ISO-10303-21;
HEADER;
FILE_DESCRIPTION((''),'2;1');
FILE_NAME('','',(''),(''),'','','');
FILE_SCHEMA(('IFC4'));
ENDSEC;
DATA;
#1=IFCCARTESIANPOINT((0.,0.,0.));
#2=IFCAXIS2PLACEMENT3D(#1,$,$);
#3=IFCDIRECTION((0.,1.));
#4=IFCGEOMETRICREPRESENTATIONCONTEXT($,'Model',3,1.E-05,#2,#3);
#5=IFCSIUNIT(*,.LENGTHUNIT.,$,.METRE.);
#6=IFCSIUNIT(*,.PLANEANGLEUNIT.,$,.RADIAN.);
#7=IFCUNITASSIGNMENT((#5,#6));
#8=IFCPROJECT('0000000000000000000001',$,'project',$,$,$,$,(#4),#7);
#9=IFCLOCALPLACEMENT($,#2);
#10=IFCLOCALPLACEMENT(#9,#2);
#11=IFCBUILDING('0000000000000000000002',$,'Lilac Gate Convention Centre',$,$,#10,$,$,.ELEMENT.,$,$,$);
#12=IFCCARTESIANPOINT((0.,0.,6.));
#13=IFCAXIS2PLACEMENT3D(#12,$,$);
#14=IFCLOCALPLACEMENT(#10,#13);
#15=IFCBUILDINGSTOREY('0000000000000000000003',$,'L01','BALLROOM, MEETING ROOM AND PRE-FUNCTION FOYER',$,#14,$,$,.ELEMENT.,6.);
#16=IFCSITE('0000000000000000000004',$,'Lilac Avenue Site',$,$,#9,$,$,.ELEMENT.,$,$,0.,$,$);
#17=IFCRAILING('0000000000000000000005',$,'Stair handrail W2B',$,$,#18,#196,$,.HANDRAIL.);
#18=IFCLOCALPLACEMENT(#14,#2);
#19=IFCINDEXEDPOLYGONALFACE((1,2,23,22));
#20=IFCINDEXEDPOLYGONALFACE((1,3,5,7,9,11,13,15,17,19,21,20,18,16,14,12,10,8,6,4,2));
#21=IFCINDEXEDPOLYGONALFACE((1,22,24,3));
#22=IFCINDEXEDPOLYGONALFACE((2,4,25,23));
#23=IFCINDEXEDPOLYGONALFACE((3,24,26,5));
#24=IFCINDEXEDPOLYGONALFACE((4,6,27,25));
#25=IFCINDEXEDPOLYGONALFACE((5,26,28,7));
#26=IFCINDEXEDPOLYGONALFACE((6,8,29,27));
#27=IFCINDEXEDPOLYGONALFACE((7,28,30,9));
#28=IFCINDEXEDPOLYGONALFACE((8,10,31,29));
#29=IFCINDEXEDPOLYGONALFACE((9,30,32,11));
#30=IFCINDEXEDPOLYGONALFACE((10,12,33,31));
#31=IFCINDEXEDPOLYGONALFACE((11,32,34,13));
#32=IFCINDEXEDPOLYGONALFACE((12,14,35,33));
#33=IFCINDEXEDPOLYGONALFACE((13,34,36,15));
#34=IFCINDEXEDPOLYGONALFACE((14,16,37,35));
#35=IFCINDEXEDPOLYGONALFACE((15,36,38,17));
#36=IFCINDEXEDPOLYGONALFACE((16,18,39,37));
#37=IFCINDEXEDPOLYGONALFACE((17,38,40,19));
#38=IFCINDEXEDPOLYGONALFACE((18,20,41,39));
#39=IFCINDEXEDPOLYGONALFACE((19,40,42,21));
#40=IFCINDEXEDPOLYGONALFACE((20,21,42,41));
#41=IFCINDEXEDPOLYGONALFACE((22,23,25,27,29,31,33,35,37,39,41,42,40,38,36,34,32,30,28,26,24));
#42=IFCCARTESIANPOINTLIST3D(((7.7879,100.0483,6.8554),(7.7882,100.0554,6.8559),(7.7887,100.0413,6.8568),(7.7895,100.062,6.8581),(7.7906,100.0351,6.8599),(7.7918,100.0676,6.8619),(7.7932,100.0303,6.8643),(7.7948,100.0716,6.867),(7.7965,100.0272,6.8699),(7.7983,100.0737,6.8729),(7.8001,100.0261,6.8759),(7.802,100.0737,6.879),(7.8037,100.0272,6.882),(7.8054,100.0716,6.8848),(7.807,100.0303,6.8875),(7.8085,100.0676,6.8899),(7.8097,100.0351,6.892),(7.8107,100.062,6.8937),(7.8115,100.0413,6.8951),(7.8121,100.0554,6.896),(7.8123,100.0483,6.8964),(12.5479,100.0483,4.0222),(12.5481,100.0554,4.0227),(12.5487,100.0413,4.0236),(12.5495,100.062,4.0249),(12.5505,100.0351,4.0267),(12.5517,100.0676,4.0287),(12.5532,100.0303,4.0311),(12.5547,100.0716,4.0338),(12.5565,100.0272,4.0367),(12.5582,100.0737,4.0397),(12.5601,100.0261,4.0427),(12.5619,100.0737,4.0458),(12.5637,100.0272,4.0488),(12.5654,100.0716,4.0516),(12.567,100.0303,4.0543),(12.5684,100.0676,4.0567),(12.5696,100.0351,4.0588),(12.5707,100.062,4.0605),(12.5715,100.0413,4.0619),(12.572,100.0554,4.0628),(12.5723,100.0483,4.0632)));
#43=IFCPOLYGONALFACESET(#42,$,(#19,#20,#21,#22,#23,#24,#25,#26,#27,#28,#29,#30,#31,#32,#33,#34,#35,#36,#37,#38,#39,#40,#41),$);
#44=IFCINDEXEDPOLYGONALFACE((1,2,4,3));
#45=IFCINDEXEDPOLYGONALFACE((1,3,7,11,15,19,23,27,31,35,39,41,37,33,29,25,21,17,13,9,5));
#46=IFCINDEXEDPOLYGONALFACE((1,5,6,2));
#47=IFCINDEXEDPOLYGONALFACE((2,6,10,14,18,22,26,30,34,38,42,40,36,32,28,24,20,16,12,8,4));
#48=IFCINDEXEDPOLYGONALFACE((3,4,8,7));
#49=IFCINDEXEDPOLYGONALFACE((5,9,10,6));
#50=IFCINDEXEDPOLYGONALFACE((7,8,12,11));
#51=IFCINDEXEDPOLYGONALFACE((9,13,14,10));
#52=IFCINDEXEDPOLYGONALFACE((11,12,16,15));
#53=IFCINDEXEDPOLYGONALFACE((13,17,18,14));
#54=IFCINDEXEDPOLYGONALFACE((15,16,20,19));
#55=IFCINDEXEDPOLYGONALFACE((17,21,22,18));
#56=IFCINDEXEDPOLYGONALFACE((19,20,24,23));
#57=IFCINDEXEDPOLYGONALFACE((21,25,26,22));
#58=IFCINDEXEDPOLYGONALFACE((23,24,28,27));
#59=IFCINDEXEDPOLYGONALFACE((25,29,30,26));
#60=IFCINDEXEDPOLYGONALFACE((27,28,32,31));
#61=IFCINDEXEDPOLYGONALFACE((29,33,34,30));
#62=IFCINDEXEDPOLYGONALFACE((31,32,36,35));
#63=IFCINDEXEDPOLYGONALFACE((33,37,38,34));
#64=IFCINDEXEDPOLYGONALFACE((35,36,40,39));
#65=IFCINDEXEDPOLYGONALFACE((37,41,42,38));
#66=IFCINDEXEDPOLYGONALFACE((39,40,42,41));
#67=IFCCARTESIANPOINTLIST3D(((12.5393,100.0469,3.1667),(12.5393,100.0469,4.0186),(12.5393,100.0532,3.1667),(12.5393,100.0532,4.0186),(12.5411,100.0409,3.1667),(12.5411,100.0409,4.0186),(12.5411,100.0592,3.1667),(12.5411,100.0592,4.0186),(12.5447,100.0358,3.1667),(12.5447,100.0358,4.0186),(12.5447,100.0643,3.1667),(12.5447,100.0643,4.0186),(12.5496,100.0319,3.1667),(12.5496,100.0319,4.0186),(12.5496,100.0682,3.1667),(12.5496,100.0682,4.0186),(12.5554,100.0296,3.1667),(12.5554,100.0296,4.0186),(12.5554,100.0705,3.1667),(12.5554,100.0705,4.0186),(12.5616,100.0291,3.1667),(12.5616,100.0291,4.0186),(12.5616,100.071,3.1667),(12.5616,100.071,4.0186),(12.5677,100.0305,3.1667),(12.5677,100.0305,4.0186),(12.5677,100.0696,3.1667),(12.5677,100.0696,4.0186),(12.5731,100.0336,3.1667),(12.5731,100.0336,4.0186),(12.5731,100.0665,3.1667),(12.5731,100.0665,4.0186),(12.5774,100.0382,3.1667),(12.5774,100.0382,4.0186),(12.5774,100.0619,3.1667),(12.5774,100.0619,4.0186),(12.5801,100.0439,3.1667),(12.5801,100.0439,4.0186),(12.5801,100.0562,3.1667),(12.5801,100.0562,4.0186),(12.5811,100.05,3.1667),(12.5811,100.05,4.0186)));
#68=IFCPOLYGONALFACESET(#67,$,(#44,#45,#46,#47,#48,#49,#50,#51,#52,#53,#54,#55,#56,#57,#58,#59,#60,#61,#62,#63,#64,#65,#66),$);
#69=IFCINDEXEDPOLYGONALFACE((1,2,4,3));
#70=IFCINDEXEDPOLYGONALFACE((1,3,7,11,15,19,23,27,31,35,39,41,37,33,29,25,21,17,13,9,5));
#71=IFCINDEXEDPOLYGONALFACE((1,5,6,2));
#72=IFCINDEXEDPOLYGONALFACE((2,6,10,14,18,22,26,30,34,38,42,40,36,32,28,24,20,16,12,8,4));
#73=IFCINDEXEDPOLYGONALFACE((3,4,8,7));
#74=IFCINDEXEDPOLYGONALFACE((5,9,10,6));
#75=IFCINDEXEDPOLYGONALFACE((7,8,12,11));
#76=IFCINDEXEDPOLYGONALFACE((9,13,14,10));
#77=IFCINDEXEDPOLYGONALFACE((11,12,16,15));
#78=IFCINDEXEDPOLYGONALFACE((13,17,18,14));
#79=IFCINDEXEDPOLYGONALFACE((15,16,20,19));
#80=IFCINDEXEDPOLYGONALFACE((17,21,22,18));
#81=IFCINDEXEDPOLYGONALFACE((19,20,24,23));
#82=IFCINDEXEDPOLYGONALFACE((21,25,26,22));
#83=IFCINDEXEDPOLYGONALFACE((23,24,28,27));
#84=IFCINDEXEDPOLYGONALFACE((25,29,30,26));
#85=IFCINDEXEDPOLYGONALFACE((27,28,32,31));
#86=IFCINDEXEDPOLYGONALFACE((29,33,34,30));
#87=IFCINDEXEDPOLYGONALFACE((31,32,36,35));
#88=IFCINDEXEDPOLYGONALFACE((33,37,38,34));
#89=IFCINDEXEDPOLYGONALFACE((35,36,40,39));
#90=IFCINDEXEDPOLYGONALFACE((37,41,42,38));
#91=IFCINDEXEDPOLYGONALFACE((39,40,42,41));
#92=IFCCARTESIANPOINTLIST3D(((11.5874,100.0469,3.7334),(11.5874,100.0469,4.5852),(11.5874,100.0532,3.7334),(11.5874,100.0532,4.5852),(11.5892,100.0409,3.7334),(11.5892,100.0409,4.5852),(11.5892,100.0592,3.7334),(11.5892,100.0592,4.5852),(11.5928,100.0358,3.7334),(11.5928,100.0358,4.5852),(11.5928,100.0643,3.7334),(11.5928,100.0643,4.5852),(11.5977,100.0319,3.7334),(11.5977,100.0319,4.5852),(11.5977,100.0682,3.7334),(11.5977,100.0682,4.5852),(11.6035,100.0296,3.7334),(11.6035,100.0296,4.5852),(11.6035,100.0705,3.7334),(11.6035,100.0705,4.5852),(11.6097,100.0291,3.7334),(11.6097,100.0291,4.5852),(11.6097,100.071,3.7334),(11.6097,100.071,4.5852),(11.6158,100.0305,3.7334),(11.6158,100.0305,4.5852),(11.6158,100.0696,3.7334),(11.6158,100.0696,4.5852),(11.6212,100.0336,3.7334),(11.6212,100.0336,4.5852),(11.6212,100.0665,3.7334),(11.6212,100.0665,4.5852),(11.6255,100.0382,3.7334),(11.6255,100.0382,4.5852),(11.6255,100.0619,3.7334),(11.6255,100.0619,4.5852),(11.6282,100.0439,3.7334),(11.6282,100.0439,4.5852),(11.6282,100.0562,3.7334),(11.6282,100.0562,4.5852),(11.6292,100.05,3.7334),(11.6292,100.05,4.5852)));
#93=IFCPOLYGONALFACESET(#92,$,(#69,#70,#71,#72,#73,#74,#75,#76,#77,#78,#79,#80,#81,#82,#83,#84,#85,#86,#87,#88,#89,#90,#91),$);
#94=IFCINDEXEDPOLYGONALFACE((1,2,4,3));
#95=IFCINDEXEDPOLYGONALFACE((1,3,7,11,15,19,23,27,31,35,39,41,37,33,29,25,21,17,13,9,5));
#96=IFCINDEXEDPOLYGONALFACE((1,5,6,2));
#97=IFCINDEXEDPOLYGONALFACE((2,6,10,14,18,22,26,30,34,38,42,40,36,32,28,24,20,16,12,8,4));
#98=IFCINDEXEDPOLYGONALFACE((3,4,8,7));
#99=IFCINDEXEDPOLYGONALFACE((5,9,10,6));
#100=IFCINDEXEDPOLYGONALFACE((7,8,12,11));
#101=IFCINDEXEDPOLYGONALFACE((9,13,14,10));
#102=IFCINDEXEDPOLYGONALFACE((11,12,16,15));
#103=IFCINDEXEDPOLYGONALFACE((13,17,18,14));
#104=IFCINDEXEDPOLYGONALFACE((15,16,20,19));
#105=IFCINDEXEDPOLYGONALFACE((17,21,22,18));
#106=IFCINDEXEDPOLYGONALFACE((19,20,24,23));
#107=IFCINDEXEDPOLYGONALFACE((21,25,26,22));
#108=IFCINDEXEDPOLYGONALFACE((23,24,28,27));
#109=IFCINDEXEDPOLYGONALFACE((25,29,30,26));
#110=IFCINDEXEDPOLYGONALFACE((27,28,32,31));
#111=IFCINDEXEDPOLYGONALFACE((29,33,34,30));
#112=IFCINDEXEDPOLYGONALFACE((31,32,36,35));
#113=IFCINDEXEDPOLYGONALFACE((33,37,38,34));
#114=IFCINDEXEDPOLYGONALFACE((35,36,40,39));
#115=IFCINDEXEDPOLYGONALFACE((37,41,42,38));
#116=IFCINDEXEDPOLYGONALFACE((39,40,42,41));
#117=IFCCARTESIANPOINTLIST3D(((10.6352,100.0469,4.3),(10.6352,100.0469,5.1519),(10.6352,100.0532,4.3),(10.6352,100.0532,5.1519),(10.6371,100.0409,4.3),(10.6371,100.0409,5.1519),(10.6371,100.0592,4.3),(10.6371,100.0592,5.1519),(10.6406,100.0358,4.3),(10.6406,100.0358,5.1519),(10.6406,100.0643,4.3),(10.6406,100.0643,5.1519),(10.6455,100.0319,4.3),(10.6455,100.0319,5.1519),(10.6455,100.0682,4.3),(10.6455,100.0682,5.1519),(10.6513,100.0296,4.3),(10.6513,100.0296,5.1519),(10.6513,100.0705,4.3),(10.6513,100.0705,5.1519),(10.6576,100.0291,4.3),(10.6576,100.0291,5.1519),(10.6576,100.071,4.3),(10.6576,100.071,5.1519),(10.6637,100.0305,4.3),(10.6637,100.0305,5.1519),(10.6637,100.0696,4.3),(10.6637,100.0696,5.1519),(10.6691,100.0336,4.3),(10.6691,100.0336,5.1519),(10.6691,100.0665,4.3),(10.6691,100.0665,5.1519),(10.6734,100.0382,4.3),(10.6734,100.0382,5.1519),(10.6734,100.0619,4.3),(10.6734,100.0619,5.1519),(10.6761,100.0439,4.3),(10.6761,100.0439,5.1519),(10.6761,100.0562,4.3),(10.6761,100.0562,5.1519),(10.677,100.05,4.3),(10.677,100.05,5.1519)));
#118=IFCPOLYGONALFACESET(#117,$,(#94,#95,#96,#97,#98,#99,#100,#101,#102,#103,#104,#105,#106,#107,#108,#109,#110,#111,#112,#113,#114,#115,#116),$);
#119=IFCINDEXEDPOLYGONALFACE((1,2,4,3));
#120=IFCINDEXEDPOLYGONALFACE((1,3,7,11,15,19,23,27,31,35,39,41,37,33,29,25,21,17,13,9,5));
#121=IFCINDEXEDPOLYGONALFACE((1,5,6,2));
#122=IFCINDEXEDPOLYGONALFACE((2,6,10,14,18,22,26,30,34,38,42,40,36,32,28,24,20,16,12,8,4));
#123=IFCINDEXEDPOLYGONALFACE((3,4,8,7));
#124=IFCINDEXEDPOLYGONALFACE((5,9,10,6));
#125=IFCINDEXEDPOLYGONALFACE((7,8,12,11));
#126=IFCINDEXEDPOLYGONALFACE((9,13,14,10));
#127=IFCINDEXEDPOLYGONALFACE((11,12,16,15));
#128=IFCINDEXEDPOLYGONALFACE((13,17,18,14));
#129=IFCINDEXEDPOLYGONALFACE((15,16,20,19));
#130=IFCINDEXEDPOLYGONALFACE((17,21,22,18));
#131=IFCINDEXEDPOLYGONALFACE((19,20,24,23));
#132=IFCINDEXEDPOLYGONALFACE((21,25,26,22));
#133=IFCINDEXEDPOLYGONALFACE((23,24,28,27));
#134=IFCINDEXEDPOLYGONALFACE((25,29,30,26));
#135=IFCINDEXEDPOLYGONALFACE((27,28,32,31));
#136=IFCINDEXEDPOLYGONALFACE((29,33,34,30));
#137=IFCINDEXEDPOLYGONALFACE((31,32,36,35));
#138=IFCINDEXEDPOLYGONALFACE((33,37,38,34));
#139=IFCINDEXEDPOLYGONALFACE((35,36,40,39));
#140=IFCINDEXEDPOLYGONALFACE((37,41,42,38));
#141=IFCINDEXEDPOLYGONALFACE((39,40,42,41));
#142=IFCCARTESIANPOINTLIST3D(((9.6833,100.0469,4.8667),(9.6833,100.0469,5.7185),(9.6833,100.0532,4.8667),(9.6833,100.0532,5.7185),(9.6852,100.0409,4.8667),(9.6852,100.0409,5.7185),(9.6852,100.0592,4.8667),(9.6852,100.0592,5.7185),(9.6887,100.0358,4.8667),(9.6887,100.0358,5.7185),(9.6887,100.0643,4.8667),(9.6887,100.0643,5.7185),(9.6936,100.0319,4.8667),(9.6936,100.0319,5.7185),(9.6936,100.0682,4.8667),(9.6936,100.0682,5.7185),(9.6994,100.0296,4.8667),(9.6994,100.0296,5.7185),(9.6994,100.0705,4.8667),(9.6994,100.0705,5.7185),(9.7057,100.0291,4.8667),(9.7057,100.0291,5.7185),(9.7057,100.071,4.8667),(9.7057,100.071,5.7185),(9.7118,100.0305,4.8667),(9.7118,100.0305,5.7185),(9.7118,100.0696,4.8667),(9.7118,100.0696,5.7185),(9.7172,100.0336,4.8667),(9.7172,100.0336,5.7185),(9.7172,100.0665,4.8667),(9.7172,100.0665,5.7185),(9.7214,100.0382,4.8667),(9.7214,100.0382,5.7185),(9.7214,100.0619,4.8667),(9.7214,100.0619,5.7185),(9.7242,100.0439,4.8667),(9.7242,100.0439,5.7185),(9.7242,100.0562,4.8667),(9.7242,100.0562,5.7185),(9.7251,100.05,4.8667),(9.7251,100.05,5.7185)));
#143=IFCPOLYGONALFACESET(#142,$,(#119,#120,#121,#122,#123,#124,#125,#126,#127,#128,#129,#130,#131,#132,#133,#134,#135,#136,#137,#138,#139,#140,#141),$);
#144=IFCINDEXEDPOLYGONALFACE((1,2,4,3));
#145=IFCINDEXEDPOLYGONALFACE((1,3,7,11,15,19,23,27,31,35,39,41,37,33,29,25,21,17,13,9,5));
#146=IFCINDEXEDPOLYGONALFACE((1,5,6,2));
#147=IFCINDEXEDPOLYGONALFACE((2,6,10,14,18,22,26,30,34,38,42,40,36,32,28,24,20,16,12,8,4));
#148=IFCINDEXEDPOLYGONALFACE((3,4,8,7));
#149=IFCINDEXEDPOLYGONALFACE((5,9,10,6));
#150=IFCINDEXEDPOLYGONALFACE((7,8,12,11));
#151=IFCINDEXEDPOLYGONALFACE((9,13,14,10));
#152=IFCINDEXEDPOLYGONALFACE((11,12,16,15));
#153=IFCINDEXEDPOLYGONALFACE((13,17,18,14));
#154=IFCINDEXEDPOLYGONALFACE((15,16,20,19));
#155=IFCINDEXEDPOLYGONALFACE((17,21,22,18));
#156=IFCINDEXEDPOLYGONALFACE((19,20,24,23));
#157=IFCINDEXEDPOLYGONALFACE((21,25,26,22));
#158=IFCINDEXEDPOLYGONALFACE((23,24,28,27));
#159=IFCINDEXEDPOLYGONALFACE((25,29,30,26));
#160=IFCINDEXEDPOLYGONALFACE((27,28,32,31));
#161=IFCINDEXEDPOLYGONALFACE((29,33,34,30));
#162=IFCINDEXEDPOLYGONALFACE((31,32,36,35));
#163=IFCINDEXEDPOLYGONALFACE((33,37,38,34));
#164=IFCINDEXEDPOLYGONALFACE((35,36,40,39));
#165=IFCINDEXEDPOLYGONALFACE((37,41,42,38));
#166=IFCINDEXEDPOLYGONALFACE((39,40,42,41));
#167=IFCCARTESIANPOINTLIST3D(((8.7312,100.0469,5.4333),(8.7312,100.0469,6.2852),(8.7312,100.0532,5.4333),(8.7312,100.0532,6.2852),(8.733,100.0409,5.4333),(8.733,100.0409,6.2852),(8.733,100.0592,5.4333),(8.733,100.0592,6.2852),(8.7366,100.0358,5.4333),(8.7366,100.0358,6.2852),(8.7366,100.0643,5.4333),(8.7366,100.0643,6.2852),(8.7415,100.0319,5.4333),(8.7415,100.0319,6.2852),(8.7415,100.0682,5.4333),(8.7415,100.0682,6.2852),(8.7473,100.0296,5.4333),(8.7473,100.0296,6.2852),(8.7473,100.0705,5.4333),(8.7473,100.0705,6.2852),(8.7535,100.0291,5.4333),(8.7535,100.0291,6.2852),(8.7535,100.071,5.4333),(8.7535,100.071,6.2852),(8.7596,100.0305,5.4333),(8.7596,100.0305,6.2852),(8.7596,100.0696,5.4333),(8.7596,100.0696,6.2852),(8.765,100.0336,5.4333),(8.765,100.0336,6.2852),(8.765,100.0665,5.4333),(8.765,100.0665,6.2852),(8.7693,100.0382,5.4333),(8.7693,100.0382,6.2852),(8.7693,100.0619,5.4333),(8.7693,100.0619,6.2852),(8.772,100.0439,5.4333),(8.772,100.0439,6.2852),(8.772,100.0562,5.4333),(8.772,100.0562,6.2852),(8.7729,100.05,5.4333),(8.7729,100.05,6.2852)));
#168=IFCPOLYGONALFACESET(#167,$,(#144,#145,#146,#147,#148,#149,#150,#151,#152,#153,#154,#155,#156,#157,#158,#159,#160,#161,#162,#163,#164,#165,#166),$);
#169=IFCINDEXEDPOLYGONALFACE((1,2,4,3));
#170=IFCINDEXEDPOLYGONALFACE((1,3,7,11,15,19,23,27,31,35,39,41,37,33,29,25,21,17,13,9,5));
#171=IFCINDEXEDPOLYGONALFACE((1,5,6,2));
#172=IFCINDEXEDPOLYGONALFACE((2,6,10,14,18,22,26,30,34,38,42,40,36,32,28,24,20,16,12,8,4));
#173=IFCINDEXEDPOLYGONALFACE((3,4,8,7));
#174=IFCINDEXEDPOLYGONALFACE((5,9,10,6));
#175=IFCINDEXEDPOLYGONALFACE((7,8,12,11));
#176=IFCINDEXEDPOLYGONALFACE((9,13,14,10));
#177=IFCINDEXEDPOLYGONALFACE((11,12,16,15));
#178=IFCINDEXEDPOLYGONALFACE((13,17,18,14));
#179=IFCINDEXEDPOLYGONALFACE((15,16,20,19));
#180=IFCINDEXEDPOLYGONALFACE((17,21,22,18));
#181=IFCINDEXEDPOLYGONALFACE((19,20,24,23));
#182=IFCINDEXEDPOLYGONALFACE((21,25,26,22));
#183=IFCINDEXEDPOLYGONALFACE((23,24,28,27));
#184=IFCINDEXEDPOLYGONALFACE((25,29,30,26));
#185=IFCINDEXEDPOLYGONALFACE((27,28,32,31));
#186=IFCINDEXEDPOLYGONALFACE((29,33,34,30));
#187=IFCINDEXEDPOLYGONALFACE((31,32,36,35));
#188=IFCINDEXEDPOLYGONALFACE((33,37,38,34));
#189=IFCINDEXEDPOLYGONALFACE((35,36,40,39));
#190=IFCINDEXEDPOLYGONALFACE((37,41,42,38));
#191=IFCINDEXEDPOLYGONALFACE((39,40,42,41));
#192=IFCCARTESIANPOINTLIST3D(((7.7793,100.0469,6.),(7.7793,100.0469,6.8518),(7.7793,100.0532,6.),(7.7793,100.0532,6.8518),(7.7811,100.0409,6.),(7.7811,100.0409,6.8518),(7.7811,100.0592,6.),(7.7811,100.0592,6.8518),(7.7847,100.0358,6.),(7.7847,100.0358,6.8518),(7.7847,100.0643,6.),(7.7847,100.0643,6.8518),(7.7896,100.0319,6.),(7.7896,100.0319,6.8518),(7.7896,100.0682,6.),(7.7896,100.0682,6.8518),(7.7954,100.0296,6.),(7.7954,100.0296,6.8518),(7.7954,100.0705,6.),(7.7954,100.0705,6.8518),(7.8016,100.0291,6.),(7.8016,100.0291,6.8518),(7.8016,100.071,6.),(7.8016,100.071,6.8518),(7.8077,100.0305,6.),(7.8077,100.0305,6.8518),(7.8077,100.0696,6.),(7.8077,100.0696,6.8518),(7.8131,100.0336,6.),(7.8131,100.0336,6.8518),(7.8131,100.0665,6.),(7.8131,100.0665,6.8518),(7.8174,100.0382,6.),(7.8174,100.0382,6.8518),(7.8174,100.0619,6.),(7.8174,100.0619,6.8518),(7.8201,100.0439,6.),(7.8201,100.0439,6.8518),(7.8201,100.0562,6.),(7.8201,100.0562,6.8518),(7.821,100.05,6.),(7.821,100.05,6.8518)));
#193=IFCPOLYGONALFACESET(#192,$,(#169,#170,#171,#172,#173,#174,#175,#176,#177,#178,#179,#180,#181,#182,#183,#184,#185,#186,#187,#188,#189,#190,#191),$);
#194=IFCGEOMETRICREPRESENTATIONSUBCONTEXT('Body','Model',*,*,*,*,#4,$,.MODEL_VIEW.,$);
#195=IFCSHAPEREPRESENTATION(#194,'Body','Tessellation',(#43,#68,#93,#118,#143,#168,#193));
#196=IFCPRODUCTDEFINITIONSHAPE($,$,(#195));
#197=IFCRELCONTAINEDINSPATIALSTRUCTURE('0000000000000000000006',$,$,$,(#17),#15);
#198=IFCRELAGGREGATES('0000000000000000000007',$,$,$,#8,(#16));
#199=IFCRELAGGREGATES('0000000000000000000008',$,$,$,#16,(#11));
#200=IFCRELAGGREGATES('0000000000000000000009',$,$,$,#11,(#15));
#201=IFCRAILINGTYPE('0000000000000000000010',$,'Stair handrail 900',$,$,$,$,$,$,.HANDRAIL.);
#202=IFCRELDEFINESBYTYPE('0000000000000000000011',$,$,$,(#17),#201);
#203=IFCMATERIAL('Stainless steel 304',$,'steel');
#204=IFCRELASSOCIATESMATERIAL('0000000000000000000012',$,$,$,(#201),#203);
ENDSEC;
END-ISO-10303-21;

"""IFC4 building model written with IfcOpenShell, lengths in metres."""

from ifc_helpers import new_model, si_unit, direction, frame, origin, origin_2d, place, context, subcontext, project, spatial, circle, extrude, material, type_object, element, save


model = new_model("IFC4")

# Units and contexts
model_context = context("Model", 3, precision=1e-05, world=origin(), true_north=direction((0.0, 1.0)))
body_context = subcontext(model_context, "Body", "Model", "MODEL_VIEW")
ifc_project = project(units=[si_unit("LENGTHUNIT", "METRE"), si_unit("PLANEANGLEUNIT", "RADIAN")], contexts=[model_context])

# Site, building, storey
site_placement = place(None, origin())
site = spatial("IfcSite", under=ifc_project, at=site_placement, Name="Lilac Avenue Site", CompositionType="ELEMENT", RefElevation=0.0)
building_placement = place(site_placement, origin())
building = spatial("IfcBuilding", under=site, at=building_placement, Name="Lilac Gate Convention Centre", CompositionType="ELEMENT")
storey_placement = place(building_placement, frame((0.0, 0.0, 6.0)))
storey = spatial("IfcBuildingStorey", under=building, at=storey_placement, Name="L01", Description="BALLROOM, MEETING ROOM AND PRE-FUNCTION FOYER", CompositionType="ELEMENT", Elevation=6.0)

# Railing
ifc_material_1 = material(Name="Stainless steel 304", Category="steel")
railing_type_1 = type_object("IfcRailingType", Name="Stair handrail 900", PredefinedType="HANDRAIL", material=ifc_material_1)
for number, where, name in (
    (1, (12.5601, 100.05, 3.1667), "Stair handrail W2B"),
):
    element("IfcRailing", number, at=place(storey_placement, frame(where)), inside=storey, type_object=railing_type_1, Name=name, PredefinedType="HANDRAIL", context=body_context, shape_type="SweptSolid", body=[
        extrude(circle(Radius=0.0239, at=origin_2d()), frame((0.0, 0.0, 0.876), z_axis=(-0.8593, 0.0, 0.511472), x_axis=(0.0, -1.0, 0.0)), (0.0, 0.0, 1.0), 5.5393),
        extrude(circle(Radius=0.021, at=origin_2d()), origin(), (0.0, 0.0, 1.0), 0.8518),
        extrude(circle(Radius=0.021, at=origin_2d()), frame((-0.9519, 0.0, 0.5667)), (0.0, 0.0, 1.0), 0.8518),
        extrude(circle(Radius=0.021, at=origin_2d()), frame((-1.9041, 0.0, 1.1333)), (0.0, 0.0, 1.0), 0.8518),
        extrude(circle(Radius=0.021, at=origin_2d()), frame((-2.856, 0.0, 1.7)), (0.0, 0.0, 1.0), 0.8518),
        extrude(circle(Radius=0.021, at=origin_2d()), frame((-3.8081, 0.0, 2.2666)), (0.0, 0.0, 1.0), 0.8518),
        extrude(circle(Radius=0.021, at=origin_2d()), frame((-4.76, 0.0, 2.8333)), (0.0, 0.0, 1.0), 0.8518),
    ])

save(model, "model.ifc")
